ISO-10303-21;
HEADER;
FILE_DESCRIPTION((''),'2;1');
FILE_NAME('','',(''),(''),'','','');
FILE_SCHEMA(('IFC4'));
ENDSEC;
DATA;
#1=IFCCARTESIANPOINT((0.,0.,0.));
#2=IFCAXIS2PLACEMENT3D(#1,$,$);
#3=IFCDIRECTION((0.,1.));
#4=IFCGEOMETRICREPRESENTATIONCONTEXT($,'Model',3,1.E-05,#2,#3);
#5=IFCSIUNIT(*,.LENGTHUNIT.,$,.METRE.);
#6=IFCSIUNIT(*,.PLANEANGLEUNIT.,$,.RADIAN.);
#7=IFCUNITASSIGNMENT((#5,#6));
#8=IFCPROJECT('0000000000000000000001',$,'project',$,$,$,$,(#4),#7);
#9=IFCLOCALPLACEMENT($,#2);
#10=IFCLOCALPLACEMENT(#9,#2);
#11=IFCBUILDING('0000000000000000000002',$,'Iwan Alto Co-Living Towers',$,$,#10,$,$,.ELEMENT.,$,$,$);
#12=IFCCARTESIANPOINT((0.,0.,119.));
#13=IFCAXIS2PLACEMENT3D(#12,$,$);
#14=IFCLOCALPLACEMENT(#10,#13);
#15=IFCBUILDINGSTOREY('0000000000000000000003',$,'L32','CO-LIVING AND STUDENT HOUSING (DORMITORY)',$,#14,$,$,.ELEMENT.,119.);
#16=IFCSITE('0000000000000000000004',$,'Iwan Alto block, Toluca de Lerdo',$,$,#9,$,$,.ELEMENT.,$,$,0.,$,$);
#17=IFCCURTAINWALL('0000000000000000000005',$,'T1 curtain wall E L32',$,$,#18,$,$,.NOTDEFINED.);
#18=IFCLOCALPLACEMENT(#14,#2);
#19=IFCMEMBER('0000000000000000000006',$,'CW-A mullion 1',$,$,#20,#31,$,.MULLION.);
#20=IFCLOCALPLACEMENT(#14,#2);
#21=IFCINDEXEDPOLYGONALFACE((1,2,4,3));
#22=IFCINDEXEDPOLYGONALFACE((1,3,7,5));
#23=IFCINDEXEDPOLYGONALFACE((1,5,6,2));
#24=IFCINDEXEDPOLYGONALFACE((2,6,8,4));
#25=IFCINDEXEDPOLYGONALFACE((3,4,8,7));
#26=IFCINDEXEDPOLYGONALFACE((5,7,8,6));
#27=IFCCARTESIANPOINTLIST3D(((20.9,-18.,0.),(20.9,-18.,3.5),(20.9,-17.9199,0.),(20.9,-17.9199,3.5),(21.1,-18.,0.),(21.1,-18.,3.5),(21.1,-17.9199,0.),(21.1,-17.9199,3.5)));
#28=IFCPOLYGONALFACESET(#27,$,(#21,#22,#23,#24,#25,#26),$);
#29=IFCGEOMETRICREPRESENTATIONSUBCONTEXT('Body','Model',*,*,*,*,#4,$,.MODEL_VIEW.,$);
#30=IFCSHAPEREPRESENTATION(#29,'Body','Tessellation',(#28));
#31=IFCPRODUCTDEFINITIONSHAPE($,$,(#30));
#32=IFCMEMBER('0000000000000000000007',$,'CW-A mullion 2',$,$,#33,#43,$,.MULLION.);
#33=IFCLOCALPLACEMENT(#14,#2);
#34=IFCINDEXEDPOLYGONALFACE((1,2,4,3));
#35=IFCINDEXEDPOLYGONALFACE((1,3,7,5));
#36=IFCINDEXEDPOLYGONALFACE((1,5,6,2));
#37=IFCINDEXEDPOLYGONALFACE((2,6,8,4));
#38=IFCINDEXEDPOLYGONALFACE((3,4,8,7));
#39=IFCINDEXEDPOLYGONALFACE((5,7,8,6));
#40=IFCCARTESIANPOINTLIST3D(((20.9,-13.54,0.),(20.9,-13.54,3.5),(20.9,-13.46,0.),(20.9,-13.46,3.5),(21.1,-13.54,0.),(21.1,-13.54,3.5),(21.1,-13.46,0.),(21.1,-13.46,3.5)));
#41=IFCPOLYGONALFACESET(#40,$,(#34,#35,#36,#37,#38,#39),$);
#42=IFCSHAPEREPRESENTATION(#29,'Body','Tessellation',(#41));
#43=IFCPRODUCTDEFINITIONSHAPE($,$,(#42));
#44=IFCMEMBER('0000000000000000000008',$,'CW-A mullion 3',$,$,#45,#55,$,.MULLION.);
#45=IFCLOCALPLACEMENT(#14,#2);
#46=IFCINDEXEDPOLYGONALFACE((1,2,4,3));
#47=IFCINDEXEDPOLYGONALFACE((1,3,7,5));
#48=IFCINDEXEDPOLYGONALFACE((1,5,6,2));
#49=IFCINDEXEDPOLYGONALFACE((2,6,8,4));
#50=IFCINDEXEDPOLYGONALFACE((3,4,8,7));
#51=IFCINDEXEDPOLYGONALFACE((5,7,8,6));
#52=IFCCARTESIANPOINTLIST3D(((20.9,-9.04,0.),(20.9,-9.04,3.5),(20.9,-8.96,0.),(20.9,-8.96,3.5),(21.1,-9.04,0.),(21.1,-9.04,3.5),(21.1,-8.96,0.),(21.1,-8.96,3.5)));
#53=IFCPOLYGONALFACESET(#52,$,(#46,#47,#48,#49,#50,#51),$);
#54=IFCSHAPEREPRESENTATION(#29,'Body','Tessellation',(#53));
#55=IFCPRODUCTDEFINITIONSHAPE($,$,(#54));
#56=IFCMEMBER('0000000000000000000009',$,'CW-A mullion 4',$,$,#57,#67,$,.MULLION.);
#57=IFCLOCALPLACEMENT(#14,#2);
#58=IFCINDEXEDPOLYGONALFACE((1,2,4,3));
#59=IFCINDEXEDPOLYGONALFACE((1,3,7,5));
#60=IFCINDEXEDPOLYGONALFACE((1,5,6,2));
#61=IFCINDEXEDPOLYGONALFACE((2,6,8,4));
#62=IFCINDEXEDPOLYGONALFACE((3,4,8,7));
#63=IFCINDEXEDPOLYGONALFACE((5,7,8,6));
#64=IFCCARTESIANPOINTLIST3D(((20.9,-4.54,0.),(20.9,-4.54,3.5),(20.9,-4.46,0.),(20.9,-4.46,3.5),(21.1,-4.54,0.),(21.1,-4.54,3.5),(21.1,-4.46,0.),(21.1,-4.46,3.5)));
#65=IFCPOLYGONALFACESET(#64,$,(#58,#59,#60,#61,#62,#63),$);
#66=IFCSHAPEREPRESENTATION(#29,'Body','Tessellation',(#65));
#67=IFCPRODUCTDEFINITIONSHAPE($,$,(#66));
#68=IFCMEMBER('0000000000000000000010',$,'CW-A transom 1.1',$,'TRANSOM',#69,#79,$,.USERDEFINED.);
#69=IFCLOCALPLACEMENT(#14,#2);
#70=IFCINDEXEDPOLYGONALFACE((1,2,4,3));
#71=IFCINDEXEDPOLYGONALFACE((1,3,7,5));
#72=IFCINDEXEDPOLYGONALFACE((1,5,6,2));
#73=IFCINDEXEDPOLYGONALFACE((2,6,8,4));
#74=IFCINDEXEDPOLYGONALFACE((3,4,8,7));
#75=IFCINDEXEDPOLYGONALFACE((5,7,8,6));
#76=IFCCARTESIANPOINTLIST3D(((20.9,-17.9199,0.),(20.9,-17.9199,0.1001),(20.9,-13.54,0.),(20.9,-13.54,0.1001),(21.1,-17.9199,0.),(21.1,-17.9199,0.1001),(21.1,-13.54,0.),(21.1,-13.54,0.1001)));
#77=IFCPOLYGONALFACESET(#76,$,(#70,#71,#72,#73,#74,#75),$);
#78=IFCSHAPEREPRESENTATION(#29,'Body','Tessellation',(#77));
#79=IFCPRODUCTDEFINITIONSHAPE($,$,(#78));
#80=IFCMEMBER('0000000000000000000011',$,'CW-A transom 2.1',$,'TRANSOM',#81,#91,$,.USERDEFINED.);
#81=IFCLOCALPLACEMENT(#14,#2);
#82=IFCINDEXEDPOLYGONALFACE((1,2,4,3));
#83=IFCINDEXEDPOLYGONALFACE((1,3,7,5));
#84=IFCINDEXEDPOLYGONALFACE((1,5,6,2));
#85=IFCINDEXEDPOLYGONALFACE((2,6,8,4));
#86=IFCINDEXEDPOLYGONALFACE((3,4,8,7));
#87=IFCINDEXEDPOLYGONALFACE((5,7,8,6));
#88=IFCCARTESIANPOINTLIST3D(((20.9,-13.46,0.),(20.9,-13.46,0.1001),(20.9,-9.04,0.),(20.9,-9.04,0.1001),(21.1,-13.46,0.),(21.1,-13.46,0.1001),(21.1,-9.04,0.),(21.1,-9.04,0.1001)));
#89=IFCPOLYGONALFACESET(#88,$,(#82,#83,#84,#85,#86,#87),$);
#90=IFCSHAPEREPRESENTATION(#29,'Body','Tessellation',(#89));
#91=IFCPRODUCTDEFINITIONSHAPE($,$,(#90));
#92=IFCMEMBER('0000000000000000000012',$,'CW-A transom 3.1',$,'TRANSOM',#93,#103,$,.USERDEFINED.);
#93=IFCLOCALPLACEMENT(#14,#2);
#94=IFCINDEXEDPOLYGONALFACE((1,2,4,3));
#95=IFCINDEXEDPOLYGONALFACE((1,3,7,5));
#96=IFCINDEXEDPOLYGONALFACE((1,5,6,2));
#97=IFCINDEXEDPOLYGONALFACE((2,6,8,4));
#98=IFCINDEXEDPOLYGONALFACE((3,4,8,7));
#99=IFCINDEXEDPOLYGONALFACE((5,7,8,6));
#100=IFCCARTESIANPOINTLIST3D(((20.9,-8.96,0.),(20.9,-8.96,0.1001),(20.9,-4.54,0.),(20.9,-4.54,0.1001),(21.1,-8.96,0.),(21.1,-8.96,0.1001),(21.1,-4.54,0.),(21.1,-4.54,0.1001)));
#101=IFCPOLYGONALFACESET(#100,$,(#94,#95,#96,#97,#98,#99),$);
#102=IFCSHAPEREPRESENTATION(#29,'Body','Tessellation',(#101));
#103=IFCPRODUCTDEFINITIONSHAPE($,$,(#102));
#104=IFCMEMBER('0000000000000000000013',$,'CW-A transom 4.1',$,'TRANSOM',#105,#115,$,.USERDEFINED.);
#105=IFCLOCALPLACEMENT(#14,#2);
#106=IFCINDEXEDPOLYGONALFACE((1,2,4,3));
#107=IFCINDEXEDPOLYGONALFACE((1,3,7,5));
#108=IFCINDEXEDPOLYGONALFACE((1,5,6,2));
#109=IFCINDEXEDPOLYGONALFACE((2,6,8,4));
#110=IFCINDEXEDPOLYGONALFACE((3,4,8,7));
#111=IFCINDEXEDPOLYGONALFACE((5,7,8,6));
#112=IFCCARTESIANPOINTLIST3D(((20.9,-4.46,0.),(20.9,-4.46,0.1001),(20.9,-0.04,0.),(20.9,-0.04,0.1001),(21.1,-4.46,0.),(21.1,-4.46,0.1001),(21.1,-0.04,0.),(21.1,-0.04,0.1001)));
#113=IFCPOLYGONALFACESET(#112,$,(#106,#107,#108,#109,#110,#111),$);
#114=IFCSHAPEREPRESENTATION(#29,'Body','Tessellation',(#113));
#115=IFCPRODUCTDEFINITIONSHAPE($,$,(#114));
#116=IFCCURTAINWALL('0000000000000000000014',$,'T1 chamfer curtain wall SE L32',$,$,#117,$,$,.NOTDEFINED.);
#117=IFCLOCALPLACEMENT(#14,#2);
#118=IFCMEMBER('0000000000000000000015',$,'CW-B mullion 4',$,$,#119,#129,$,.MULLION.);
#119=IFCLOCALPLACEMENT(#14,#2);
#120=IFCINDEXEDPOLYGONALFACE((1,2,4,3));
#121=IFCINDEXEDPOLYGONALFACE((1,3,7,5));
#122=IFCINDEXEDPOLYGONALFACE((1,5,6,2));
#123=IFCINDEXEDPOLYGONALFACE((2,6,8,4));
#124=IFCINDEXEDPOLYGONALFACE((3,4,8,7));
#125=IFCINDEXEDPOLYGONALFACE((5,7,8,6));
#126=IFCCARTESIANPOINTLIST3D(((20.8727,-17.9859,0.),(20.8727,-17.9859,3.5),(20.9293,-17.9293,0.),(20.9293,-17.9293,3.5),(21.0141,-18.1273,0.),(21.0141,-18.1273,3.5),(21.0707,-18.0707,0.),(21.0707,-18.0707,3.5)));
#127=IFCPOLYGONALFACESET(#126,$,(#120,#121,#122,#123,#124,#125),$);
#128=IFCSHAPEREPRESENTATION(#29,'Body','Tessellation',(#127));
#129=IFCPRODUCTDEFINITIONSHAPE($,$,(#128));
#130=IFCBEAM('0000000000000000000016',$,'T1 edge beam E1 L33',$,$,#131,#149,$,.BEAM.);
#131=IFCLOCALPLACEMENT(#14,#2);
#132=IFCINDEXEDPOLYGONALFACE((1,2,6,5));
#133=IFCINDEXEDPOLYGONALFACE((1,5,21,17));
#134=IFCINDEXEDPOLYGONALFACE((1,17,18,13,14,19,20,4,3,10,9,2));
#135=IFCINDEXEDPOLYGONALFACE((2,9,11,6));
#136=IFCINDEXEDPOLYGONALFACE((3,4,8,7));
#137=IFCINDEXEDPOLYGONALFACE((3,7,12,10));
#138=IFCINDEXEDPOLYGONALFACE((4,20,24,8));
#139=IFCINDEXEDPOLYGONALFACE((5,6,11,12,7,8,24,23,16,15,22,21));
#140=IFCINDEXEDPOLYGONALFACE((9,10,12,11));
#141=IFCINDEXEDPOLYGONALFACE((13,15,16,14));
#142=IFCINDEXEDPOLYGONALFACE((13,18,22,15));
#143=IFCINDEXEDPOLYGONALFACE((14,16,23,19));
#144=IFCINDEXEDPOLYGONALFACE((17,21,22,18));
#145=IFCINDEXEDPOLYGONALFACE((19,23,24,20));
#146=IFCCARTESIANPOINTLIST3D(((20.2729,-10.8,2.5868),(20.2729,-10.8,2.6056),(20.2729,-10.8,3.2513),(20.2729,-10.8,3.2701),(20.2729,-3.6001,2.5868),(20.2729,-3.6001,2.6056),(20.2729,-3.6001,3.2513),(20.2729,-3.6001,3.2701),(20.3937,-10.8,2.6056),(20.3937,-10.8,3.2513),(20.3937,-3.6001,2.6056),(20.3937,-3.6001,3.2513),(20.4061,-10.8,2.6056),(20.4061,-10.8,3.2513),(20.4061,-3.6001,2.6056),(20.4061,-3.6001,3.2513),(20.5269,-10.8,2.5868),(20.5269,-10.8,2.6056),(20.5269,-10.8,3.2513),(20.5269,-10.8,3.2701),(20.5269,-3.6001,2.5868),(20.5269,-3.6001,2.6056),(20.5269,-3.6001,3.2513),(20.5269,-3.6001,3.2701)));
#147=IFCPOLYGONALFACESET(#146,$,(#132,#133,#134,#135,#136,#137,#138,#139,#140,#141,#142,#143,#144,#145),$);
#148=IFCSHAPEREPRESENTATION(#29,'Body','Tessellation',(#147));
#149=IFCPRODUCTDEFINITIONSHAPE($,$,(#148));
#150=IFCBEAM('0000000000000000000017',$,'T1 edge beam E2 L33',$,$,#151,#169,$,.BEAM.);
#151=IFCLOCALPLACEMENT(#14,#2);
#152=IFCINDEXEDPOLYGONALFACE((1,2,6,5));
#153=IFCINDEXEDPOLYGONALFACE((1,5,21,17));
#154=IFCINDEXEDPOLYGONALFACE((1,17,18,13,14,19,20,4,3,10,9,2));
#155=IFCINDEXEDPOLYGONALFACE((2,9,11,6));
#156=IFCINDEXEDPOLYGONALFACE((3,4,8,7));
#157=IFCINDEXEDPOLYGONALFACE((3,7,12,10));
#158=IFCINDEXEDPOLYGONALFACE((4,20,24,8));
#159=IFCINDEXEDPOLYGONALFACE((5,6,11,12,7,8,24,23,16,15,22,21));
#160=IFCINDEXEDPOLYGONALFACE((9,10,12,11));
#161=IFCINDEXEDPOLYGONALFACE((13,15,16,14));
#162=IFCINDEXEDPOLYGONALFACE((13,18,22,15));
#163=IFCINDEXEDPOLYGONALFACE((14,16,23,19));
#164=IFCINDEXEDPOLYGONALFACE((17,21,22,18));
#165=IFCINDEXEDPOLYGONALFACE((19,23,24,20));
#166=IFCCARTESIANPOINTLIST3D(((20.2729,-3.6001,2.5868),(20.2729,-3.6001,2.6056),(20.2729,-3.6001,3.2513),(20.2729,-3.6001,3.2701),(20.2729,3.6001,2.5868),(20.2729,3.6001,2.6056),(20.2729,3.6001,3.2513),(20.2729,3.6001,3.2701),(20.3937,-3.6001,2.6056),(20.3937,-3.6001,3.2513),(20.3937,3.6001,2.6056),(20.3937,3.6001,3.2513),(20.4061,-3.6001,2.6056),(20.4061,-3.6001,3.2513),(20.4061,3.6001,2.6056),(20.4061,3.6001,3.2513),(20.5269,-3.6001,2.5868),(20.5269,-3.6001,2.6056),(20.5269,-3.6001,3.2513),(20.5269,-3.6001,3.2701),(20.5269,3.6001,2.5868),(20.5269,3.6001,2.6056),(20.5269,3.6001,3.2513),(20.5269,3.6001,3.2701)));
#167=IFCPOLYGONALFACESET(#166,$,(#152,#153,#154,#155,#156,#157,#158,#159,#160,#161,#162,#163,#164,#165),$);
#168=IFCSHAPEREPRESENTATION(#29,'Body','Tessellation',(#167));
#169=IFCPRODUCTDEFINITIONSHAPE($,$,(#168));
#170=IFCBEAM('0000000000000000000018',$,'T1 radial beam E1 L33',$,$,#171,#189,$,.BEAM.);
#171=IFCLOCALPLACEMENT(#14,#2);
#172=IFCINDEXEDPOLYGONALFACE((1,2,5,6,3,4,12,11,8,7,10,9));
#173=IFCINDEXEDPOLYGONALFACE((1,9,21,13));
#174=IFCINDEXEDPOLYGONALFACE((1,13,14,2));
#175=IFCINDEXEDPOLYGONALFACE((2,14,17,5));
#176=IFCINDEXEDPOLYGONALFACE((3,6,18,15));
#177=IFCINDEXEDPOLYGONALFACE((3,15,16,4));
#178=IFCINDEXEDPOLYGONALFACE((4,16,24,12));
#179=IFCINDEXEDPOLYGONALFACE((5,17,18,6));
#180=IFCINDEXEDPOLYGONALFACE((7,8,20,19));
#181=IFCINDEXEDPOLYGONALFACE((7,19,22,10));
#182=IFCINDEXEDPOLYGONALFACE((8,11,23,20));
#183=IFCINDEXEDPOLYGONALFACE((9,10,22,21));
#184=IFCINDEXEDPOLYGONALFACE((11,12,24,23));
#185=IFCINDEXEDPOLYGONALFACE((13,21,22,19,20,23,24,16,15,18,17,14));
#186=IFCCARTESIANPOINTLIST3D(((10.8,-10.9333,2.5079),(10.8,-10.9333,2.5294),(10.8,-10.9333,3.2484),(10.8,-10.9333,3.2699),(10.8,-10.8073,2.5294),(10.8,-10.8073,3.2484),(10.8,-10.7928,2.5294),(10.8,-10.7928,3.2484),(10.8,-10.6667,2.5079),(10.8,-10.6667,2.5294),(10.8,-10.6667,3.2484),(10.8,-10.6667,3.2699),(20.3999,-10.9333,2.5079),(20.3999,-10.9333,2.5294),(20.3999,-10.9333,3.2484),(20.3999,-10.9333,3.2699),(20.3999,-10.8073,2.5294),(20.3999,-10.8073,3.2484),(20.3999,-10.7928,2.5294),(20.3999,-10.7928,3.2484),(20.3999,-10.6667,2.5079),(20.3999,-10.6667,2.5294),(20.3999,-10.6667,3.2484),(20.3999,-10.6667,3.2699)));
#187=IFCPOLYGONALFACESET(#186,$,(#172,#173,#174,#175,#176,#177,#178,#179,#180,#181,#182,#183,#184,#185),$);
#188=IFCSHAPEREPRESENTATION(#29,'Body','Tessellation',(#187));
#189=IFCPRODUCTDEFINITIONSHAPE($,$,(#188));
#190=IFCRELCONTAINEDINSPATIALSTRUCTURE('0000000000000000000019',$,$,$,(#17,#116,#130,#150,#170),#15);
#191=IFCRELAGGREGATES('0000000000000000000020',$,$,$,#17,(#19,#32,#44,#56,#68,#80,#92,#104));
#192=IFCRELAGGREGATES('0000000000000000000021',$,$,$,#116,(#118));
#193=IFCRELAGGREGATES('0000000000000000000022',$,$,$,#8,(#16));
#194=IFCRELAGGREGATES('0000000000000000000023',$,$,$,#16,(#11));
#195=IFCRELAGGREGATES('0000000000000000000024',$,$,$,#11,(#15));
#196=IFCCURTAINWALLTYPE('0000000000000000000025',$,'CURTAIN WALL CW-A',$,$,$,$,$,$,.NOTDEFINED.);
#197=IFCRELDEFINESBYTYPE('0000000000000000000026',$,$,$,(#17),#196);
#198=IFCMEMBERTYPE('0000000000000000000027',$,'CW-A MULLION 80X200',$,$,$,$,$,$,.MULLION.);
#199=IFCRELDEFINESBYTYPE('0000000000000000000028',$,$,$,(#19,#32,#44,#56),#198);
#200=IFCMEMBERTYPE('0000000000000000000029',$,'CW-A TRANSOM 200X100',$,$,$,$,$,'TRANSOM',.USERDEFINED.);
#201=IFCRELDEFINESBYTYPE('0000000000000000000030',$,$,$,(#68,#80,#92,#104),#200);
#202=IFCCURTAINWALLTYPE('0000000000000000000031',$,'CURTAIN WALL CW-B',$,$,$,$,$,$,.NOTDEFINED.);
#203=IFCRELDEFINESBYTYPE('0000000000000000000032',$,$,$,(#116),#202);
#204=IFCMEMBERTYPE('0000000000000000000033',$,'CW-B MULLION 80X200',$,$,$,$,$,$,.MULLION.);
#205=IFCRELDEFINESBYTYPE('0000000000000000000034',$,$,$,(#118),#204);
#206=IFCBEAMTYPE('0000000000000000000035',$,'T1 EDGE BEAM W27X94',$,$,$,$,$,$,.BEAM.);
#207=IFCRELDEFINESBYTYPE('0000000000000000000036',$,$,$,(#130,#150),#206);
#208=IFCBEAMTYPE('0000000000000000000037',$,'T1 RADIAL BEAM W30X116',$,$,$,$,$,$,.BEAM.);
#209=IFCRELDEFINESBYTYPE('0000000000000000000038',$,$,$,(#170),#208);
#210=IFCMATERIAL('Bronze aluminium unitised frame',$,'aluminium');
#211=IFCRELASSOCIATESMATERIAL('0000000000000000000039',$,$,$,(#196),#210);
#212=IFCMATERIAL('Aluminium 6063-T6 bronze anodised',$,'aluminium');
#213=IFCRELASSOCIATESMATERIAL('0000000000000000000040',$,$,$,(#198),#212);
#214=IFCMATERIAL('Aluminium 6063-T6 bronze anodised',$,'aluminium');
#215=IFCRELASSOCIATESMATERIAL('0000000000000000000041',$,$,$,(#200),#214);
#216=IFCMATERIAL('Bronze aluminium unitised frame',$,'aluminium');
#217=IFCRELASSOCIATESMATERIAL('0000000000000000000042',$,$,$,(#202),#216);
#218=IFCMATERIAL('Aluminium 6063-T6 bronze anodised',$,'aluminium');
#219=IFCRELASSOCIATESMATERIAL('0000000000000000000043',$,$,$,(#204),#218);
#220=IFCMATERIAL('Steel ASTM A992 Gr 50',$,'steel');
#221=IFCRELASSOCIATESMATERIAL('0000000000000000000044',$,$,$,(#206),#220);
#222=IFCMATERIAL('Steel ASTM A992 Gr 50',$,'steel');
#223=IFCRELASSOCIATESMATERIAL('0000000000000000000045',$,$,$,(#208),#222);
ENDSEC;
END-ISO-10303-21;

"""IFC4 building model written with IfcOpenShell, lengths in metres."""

from ifc_helpers import new_model, si_unit, direction, frame, origin, origin_2d, place, context, subcontext, project, spatial, rectangle, i_section, extrude, material, material_profile, profile_set, type_object, element, aggregate, save


model = new_model("IFC4")

# Units and contexts
model_context = context("Model", 3, precision=1e-05, world=origin(), true_north=direction((0.0, 1.0)))
body_context = subcontext(model_context, "Body", "Model", "MODEL_VIEW")
ifc_project = project(units=[si_unit("LENGTHUNIT", "METRE"), si_unit("PLANEANGLEUNIT", "RADIAN")], contexts=[model_context])

# Site, building, storey
site_placement = place(None, origin())
site = spatial("IfcSite", under=ifc_project, at=site_placement, Name="Iwan Alto block, Toluca de Lerdo", CompositionType="ELEMENT", RefElevation=0.0)
building_placement = place(site_placement, origin())
building = spatial("IfcBuilding", under=site, at=building_placement, Name="Iwan Alto Co-Living Towers", CompositionType="ELEMENT")
storey_placement = place(building_placement, frame((0.0, 0.0, 119.0)))
storey = spatial("IfcBuildingStorey", under=building, at=storey_placement, Name="L32", Description="CO-LIVING AND STUDENT HOUSING (DORMITORY)", CompositionType="ELEMENT", Elevation=119.0)

# Curtain wall, members
ifc_material_1 = material(Name="Bronze aluminium unitised frame", Category="aluminium")
curtain_wall_type_1 = type_object("IfcCurtainWallType", Name="CURTAIN WALL CW-A", PredefinedType="NOTDEFINED", material=ifc_material_1)
curtain_wall_1_placement = place(storey_placement, origin())
curtain_wall_1 = element("IfcCurtainWall", 1, at=curtain_wall_1_placement, inside=storey, type_object=curtain_wall_type_1, Name="T1 curtain wall E L32", PredefinedType="NOTDEFINED")
ifc_material_2 = material(Name="Aluminium 6063-T6 bronze anodised", Category="aluminium")
ifc_material_profile_1 = material_profile(ifc_material_2, rectangle(XDim=0.2, YDim=0.0801, at=origin_2d()), Name="AL 80X200")
ifc_profile_set_1 = profile_set([ifc_material_profile_1], Name="Aluminium 6063-T6 bronze anodised")
member_type_1 = type_object("IfcMemberType", Name="CW-A MULLION 80X200", PredefinedType="MULLION", material=ifc_profile_set_1)
member_1_placement = place(storey_placement, frame((21.0, -17.96, 0.0), z_axis=(0.0, 0.0, 1.0), x_axis=(-1.0, 0.0, 0.0)))
member_1 = element("IfcMember", 2, at=member_1_placement, type_object=member_type_1, Name="CW-A mullion 1", PredefinedType="MULLION", context=body_context, shape_type="SweptSolid", body=[
    extrude(rectangle(XDim=0.2, YDim=0.0801, at=origin_2d()), origin(), (0.0, 0.0, 1.0), 3.5),
])
member_2_placement = place(storey_placement, frame((21.0, -13.5, 0.0), z_axis=(0.0, 0.0, 1.0), x_axis=(-1.0, 0.0, 0.0)))
member_2 = element("IfcMember", 3, at=member_2_placement, type_object=member_type_1, Name="CW-A mullion 2", PredefinedType="MULLION", context=body_context, shape_type="SweptSolid", body=[
    extrude(rectangle(XDim=0.2, YDim=0.0801, at=origin_2d()), origin(), (0.0, 0.0, 1.0), 3.5),
])
member_3_placement = place(storey_placement, frame((21.0, -9.0, 0.0), z_axis=(0.0, 0.0, 1.0), x_axis=(-1.0, 0.0, 0.0)))
member_3 = element("IfcMember", 4, at=member_3_placement, type_object=member_type_1, Name="CW-A mullion 3", PredefinedType="MULLION", context=body_context, shape_type="SweptSolid", body=[
    extrude(rectangle(XDim=0.2, YDim=0.0801, at=origin_2d()), origin(), (0.0, 0.0, 1.0), 3.5),
])
member_4_placement = place(storey_placement, frame((21.0, -4.5, 0.0), z_axis=(0.0, 0.0, 1.0), x_axis=(-1.0, 0.0, 0.0)))
member_4 = element("IfcMember", 5, at=member_4_placement, type_object=member_type_1, Name="CW-A mullion 4", PredefinedType="MULLION", context=body_context, shape_type="SweptSolid", body=[
    extrude(rectangle(XDim=0.2, YDim=0.0801, at=origin_2d()), origin(), (0.0, 0.0, 1.0), 3.5),
])
ifc_material_3 = material(Name="Aluminium 6063-T6 bronze anodised", Category="aluminium")
ifc_material_profile_2 = material_profile(ifc_material_3, rectangle(XDim=0.2, YDim=0.1001, at=origin_2d()), Name="AL 200X100")
ifc_profile_set_2 = profile_set([ifc_material_profile_2], Name="Aluminium 6063-T6 bronze anodised")
member_type_2 = type_object("IfcMemberType", Name="CW-A TRANSOM 200X100", ElementType="TRANSOM", PredefinedType="USERDEFINED", material=ifc_profile_set_2)
member_5_placement = place(storey_placement, frame((21.0, -17.9199, 0.05), z_axis=(0.0, 1.0, 0.0), x_axis=(-1.0, 0.0, 0.0)))
member_5 = element("IfcMember", 6, at=member_5_placement, type_object=member_type_2, Name="CW-A transom 1.1", ObjectType="TRANSOM", PredefinedType="USERDEFINED", context=body_context, shape_type="SweptSolid", body=[
    extrude(rectangle(XDim=0.2, YDim=0.1001, at=origin_2d()), origin(), (0.0, 0.0, 1.0), 4.3799),
])
member_6_placement = place(storey_placement, frame((21.0, -13.46, 0.05), z_axis=(0.0, 1.0, 0.0), x_axis=(-1.0, 0.0, 0.0)))
member_6 = element("IfcMember", 7, at=member_6_placement, type_object=member_type_2, Name="CW-A transom 2.1", ObjectType="TRANSOM", PredefinedType="USERDEFINED", context=body_context, shape_type="SweptSolid", body=[
    extrude(rectangle(XDim=0.2, YDim=0.1001, at=origin_2d()), origin(), (0.0, 0.0, 1.0), 4.4199),
])
member_7_placement = place(storey_placement, frame((21.0, -8.96, 0.05), z_axis=(0.0, 1.0, 0.0), x_axis=(-1.0, 0.0, 0.0)))
member_7 = element("IfcMember", 8, at=member_7_placement, type_object=member_type_2, Name="CW-A transom 3.1", ObjectType="TRANSOM", PredefinedType="USERDEFINED", context=body_context, shape_type="SweptSolid", body=[
    extrude(rectangle(XDim=0.2, YDim=0.1001, at=origin_2d()), origin(), (0.0, 0.0, 1.0), 4.4199),
])
member_8_placement = place(storey_placement, frame((21.0, -4.46, 0.05), z_axis=(0.0, 1.0, 0.0), x_axis=(-1.0, 0.0, 0.0)))
member_8 = element("IfcMember", 9, at=member_8_placement, type_object=member_type_2, Name="CW-A transom 4.1", ObjectType="TRANSOM", PredefinedType="USERDEFINED", context=body_context, shape_type="SweptSolid", body=[
    extrude(rectangle(XDim=0.2, YDim=0.1001, at=origin_2d()), origin(), (0.0, 0.0, 1.0), 4.4199),
])

# Curtain wall, member
ifc_material_4 = material(Name="Bronze aluminium unitised frame", Category="aluminium")
curtain_wall_type_2 = type_object("IfcCurtainWallType", Name="CURTAIN WALL CW-B", PredefinedType="NOTDEFINED", material=ifc_material_4)
curtain_wall_2_placement = place(storey_placement, origin())
curtain_wall_2 = element("IfcCurtainWall", 10, at=curtain_wall_2_placement, inside=storey, type_object=curtain_wall_type_2, Name="T1 chamfer curtain wall SE L32", PredefinedType="NOTDEFINED")
ifc_material_5 = material(Name="Aluminium 6063-T6 bronze anodised", Category="aluminium")
ifc_material_profile_3 = material_profile(ifc_material_5, rectangle(XDim=0.2, YDim=0.0801, at=origin_2d()), Name="AL 80X200")
ifc_profile_set_3 = profile_set([ifc_material_profile_3], Name="Aluminium 6063-T6 bronze anodised")
member_type_3 = type_object("IfcMemberType", Name="CW-B MULLION 80X200", PredefinedType="MULLION", material=ifc_profile_set_3)
member_9_placement = place(storey_placement, frame((20.9717, -18.0283, 0.0), z_axis=(0.0, 0.0, 1.0), x_axis=(-0.707107, 0.707107, 0.0)))
member_9 = element("IfcMember", 11, at=member_9_placement, type_object=member_type_3, Name="CW-B mullion 4", PredefinedType="MULLION", context=body_context, shape_type="SweptSolid", body=[
    extrude(rectangle(XDim=0.2, YDim=0.0801, at=origin_2d()), origin(), (0.0, 0.0, 1.0), 3.5),
])

# Beams
ifc_material_6 = material(Name="Steel ASTM A992 Gr 50", Category="steel")
ifc_material_profile_4 = material_profile(ifc_material_6, i_section(OverallWidth=0.2539, OverallDepth=0.6833, WebThickness=0.0125, FlangeThickness=0.0188, at=origin_2d()), Name="W27X94")
ifc_profile_set_4 = profile_set([ifc_material_profile_4], Name="Steel ASTM A992 Gr 50")
beam_type_1 = type_object("IfcBeamType", Name="T1 EDGE BEAM W27X94", PredefinedType="BEAM", material=ifc_profile_set_4)
beam_1_placement = place(storey_placement, frame((20.3999, -10.8, 2.9285), z_axis=(0.0, 1.0, 0.0), x_axis=(-1.0, 0.0, 0.0)))
element("IfcBeam", 12, at=beam_1_placement, inside=storey, type_object=beam_type_1, Name="T1 edge beam E1 L33", PredefinedType="BEAM", context=body_context, shape_type="SweptSolid", body=[
    extrude(i_section(OverallWidth=0.2539, OverallDepth=0.6833, WebThickness=0.0125, FlangeThickness=0.0188, at=origin_2d()), origin(), (0.0, 0.0, 1.0), 7.2),
])
beam_2_placement = place(storey_placement, frame((20.3999, -3.6001, 2.9285), z_axis=(0.0, 1.0, 0.0), x_axis=(-1.0, 0.0, 0.0)))
element("IfcBeam", 13, at=beam_2_placement, inside=storey, type_object=beam_type_1, Name="T1 edge beam E2 L33", PredefinedType="BEAM", context=body_context, shape_type="SweptSolid", body=[
    extrude(i_section(OverallWidth=0.2539, OverallDepth=0.6833, WebThickness=0.0125, FlangeThickness=0.0188, at=origin_2d()), origin(), (0.0, 0.0, 1.0), 7.2002),
])
ifc_material_7 = material(Name="Steel ASTM A992 Gr 50", Category="steel")
ifc_material_profile_5 = material_profile(ifc_material_7, i_section(OverallWidth=0.2666, OverallDepth=0.762, WebThickness=0.0144, FlangeThickness=0.0215, at=origin_2d()), Name="W30X116")
ifc_profile_set_5 = profile_set([ifc_material_profile_5], Name="Steel ASTM A992 Gr 50")
beam_type_2 = type_object("IfcBeamType", Name="T1 RADIAL BEAM W30X116", PredefinedType="BEAM", material=ifc_profile_set_5)
beam_3_placement = place(storey_placement, frame((20.3999, -10.8, 2.8889), z_axis=(-1.0, 0.0, 0.0), x_axis=(0.0, -1.0, 0.0)))
element("IfcBeam", 14, at=beam_3_placement, inside=storey, type_object=beam_type_2, Name="T1 radial beam E1 L33", PredefinedType="BEAM", context=body_context, shape_type="SweptSolid", body=[
    extrude(i_section(OverallWidth=0.2666, OverallDepth=0.762, WebThickness=0.0144, FlangeThickness=0.0215, at=origin_2d()), origin(), (0.0, 0.0, 1.0), 9.5999),
])

aggregate(curtain_wall_1, [member_1, member_2, member_3, member_4, member_5, member_6, member_7, member_8])
aggregate(curtain_wall_2, [member_9])

save(model, "model.ifc")
